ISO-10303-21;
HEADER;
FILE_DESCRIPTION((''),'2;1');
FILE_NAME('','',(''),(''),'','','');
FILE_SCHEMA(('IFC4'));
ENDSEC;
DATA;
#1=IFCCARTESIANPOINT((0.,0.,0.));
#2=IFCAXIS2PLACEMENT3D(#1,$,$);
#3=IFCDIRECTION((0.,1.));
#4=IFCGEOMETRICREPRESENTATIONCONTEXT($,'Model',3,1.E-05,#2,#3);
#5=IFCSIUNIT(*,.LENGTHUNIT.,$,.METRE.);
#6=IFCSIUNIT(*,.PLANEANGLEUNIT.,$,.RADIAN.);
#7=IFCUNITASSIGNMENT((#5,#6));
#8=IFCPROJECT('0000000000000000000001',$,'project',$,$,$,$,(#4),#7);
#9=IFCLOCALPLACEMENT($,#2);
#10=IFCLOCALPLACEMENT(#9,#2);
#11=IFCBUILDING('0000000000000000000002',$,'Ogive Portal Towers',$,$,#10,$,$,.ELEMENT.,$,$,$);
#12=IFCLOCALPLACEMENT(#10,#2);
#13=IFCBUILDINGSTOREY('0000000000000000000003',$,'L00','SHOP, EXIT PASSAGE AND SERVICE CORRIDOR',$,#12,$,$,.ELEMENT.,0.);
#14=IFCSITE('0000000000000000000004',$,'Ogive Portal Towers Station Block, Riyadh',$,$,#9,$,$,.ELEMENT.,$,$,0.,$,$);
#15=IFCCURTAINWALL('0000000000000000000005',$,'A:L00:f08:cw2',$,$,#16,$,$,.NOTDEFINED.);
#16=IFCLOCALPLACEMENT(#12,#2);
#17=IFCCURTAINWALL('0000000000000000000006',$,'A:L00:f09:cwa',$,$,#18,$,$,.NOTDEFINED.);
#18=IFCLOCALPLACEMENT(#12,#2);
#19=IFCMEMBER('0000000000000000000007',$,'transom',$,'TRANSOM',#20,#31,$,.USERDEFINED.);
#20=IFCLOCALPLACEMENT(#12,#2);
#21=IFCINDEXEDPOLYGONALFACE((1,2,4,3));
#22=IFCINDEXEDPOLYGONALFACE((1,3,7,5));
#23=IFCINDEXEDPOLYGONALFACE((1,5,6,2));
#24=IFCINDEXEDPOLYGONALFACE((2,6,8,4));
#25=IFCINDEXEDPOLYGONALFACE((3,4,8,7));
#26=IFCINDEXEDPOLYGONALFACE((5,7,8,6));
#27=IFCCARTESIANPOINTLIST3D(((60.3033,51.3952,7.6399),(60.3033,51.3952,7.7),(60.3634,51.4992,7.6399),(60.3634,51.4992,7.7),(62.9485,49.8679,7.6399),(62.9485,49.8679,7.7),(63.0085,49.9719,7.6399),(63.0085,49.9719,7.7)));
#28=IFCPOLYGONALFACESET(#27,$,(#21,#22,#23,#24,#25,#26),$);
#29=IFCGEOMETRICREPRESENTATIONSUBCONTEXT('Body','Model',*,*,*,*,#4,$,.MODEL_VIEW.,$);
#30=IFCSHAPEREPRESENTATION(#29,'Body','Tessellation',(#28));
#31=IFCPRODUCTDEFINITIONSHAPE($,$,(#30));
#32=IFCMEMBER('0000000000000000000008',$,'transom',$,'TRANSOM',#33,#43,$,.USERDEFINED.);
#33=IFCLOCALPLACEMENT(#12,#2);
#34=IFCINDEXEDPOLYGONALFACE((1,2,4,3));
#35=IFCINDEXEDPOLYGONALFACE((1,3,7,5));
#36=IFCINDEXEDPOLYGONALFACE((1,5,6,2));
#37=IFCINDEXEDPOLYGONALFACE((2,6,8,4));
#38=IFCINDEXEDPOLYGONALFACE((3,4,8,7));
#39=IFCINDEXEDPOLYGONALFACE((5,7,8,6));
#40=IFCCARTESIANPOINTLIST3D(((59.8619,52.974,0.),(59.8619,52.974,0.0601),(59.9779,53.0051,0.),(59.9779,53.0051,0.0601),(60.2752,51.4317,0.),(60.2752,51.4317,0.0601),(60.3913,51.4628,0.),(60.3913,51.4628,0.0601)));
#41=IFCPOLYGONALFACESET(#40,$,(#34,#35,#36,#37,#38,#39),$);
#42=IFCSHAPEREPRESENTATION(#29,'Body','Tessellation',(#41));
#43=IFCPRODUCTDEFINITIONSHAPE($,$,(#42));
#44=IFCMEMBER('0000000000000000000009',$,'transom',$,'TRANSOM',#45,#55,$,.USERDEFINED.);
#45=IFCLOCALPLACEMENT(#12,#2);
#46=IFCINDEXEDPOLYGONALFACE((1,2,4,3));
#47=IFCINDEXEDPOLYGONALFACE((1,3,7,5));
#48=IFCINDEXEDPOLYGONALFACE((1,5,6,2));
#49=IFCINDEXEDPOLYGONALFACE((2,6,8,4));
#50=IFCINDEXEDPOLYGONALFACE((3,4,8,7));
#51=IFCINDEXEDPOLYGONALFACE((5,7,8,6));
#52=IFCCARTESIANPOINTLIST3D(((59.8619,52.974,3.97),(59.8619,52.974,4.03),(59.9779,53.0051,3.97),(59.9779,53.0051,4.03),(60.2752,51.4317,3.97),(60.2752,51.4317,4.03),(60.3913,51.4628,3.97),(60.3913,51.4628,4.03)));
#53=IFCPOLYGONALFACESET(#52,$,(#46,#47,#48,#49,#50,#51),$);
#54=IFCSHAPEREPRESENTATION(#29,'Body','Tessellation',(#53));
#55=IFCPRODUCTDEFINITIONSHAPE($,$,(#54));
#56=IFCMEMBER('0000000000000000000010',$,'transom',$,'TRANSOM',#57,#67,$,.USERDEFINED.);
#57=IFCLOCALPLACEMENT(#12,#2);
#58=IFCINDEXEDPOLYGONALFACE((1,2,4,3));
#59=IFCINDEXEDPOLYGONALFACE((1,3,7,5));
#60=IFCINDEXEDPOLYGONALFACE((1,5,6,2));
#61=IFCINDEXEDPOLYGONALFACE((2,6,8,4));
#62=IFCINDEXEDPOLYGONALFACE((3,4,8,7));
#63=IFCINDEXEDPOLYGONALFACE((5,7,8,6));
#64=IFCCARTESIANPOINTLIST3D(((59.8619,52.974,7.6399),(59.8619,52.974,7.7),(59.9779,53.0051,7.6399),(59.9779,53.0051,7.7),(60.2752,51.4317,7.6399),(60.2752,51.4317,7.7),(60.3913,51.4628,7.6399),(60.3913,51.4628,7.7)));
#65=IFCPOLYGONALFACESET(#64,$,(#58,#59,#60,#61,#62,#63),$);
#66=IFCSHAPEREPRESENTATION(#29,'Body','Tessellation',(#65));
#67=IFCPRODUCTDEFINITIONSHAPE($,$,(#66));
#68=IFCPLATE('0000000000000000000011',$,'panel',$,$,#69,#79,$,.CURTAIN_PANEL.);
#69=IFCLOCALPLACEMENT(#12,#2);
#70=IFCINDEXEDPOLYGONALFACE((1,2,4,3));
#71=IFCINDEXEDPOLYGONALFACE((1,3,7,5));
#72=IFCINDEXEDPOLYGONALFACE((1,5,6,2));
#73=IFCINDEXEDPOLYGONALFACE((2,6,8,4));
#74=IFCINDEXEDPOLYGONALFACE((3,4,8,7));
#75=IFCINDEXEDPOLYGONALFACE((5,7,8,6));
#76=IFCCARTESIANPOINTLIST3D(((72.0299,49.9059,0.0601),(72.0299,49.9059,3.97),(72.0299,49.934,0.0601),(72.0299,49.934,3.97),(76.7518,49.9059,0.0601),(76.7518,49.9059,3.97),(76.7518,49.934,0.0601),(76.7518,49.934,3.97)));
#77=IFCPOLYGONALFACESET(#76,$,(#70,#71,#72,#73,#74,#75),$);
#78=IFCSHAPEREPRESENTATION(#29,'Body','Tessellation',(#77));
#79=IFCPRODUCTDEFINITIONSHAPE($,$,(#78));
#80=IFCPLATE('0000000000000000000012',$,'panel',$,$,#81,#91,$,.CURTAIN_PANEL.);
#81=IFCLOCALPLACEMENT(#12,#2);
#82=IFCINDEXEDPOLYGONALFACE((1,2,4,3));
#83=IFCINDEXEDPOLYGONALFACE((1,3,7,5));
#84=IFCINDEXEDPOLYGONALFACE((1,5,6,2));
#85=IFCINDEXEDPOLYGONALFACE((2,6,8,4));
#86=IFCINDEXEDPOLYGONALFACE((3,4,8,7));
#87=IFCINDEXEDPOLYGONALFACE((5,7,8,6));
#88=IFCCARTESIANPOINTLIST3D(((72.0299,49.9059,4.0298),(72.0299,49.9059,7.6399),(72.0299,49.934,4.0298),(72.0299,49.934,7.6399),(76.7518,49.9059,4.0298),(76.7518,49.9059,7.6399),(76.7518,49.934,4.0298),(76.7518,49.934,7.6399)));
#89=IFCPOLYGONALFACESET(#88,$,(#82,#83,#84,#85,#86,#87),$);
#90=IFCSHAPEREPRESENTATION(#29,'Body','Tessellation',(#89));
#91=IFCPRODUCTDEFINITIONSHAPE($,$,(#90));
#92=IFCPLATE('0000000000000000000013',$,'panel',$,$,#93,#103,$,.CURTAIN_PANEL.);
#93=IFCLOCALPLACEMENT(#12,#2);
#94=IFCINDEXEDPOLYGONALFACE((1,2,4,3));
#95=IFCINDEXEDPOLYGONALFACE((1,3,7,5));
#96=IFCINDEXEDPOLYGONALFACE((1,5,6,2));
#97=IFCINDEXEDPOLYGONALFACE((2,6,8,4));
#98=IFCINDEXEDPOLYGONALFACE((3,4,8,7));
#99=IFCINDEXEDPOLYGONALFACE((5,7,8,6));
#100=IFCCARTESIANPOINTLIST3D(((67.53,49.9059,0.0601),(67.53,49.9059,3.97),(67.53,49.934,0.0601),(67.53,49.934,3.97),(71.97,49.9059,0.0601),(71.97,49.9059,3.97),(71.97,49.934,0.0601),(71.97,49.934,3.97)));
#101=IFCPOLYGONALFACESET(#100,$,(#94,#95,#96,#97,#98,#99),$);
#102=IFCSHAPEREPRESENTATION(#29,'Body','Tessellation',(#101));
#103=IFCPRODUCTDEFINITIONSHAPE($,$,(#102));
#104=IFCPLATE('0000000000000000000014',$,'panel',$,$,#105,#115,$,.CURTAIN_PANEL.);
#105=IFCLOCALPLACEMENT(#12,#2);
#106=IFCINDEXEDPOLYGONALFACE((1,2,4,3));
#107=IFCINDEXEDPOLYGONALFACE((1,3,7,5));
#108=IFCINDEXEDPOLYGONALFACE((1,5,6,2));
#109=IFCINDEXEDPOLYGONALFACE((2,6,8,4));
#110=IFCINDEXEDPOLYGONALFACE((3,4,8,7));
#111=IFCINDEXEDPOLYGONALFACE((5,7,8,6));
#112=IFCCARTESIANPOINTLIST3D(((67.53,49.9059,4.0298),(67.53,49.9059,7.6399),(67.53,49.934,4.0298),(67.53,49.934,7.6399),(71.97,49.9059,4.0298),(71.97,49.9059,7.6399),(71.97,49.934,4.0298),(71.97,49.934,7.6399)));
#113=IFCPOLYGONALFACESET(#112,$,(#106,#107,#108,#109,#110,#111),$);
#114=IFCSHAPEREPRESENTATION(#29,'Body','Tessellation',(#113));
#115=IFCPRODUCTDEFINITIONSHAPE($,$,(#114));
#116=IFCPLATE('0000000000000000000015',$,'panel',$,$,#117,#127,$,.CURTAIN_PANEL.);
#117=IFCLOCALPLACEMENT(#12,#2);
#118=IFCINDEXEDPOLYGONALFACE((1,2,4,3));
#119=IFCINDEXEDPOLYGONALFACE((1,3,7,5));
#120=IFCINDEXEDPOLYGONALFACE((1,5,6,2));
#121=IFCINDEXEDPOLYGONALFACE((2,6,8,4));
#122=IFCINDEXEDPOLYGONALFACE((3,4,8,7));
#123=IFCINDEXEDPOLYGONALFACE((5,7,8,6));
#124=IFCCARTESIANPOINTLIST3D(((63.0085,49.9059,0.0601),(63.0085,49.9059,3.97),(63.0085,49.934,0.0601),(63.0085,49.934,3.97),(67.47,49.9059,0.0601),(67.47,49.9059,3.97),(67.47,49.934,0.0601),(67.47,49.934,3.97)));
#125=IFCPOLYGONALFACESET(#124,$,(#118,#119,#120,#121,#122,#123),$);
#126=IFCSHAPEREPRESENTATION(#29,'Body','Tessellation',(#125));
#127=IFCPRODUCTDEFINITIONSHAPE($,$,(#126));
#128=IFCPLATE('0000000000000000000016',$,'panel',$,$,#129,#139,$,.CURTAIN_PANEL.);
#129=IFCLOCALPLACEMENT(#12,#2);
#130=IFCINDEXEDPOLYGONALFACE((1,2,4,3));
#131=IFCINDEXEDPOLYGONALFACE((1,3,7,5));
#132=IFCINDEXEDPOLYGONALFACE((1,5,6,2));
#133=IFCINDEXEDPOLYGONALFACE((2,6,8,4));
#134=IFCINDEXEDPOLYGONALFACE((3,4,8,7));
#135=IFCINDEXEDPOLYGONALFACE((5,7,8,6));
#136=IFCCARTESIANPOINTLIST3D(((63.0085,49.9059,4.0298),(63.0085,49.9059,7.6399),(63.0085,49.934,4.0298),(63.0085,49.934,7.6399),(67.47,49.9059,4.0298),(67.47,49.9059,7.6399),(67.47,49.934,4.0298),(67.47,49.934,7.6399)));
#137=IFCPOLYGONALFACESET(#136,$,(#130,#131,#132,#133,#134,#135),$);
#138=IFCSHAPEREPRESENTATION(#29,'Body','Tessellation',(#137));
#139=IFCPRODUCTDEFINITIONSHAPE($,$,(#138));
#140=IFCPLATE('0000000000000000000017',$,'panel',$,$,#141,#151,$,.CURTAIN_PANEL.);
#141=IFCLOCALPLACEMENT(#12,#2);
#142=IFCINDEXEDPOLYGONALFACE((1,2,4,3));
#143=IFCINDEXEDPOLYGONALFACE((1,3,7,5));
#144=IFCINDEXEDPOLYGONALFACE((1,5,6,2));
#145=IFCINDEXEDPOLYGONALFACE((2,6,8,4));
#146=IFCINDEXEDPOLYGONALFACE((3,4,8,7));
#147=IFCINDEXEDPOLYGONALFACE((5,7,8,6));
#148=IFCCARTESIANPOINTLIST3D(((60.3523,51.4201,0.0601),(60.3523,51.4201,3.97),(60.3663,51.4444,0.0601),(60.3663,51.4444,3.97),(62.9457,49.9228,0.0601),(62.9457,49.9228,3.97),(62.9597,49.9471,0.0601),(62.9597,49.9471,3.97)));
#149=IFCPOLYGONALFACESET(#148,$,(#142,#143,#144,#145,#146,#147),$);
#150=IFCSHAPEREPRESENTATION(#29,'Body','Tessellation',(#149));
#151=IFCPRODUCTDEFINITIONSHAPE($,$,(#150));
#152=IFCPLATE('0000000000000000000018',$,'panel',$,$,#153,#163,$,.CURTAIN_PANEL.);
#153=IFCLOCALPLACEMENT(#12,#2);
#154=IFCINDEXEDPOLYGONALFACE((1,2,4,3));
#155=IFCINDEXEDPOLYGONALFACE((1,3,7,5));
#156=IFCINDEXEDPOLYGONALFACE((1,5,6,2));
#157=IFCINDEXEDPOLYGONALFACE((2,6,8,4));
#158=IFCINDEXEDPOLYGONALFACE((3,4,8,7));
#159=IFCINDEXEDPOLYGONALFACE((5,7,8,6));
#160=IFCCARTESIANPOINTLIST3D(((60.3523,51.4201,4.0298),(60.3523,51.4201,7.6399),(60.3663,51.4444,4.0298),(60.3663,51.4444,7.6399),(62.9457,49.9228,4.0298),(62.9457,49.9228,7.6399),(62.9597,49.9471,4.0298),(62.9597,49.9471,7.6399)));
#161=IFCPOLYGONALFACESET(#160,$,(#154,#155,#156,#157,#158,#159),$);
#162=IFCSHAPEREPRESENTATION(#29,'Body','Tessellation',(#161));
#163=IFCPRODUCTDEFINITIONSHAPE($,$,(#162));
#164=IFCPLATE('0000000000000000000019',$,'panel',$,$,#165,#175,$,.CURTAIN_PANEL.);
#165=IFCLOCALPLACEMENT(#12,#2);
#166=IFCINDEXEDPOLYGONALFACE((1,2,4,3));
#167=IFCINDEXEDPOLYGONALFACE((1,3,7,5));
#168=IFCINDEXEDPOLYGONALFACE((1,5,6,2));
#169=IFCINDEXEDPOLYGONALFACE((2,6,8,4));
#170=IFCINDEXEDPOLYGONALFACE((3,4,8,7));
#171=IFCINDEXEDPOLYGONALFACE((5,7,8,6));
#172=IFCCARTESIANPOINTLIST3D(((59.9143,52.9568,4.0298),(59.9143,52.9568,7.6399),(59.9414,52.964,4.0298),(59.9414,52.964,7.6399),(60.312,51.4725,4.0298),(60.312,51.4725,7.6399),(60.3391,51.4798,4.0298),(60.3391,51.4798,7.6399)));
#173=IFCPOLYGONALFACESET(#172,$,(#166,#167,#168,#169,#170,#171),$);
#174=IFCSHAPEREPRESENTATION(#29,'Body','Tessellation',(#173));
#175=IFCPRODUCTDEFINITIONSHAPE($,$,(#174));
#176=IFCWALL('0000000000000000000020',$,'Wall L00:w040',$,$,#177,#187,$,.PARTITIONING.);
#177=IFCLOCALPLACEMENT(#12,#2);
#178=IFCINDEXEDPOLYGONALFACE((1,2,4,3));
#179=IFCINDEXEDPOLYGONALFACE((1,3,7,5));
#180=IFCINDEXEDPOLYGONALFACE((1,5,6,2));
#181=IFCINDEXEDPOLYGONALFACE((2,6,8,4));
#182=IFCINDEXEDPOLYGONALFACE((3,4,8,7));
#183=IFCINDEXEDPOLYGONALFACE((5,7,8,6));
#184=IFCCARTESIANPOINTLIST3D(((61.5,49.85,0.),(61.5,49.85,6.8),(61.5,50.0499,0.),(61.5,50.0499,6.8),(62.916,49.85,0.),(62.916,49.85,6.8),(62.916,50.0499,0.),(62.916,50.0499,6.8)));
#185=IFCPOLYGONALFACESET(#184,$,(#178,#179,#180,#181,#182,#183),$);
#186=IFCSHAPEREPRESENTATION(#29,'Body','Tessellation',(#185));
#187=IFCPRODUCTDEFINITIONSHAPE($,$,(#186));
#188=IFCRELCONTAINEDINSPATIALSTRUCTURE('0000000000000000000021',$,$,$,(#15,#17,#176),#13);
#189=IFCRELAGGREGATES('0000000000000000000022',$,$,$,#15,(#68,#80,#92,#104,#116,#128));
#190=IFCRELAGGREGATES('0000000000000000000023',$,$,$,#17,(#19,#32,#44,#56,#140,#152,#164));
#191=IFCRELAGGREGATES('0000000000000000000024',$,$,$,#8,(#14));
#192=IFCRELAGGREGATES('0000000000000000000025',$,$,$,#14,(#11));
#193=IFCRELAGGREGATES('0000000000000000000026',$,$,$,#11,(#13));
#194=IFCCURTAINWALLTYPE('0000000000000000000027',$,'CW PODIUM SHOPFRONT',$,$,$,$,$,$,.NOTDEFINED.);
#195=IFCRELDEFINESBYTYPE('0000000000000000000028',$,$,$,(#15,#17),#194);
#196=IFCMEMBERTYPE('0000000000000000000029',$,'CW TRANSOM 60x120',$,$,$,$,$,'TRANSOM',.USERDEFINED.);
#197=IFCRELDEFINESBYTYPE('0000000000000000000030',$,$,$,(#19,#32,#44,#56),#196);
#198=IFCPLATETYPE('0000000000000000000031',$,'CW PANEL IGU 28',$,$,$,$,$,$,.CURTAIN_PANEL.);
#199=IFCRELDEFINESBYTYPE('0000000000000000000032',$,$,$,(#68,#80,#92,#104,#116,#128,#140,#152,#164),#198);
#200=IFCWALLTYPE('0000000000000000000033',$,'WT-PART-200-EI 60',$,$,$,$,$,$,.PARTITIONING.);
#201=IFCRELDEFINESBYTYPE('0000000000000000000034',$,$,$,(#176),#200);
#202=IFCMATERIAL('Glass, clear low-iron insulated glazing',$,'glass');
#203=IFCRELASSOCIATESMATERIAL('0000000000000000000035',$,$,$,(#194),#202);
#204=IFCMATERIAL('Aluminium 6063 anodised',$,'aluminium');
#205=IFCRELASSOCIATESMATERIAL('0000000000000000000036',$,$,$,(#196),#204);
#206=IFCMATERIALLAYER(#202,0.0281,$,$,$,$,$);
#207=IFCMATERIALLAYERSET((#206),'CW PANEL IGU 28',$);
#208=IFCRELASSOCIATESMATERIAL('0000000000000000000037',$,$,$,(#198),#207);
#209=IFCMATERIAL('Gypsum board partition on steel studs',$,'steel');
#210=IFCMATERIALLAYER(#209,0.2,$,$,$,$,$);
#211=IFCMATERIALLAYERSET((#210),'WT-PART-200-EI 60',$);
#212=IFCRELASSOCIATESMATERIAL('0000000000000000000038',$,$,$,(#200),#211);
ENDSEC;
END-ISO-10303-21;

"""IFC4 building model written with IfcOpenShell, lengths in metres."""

from ifc_helpers import new_model, si_unit, direction, frame, frame_2d, origin, origin_2d, place, context, subcontext, project, spatial, rectangle, extrude, material, layer, layer_set, material_profile, profile_set, type_object, element, aggregate, save


model = new_model("IFC4")

# Units and contexts
model_context = context("Model", 3, precision=1e-05, world=origin(), true_north=direction((0.0, 1.0)))
body_context = subcontext(model_context, "Body", "Model", "MODEL_VIEW")
ifc_project = project(units=[si_unit("LENGTHUNIT", "METRE"), si_unit("PLANEANGLEUNIT", "RADIAN")], contexts=[model_context])

# Site, building, storey
site_placement = place(None, origin())
site = spatial("IfcSite", under=ifc_project, at=site_placement, Name="Ogive Portal Towers Station Block, Riyadh", CompositionType="ELEMENT", RefElevation=0.0)
building_placement = place(site_placement, origin())
building = spatial("IfcBuilding", under=site, at=building_placement, Name="Ogive Portal Towers", CompositionType="ELEMENT")
storey_placement = place(building_placement, origin())
storey = spatial("IfcBuildingStorey", under=building, at=storey_placement, Name="L00", Description="SHOP, EXIT PASSAGE AND SERVICE CORRIDOR", CompositionType="ELEMENT", Elevation=0.0)

# Curtain wall
ifc_material_1 = material(Name="Glass, clear low-iron insulated glazing", Category="glass")
curtain_wall_type = type_object("IfcCurtainWallType", Name="CW PODIUM SHOPFRONT", PredefinedType="NOTDEFINED", material=ifc_material_1)
curtain_wall_1_placement = place(storey_placement, origin())
curtain_wall_1 = element("IfcCurtainWall", 1, at=curtain_wall_1_placement, inside=storey, type_object=curtain_wall_type, Name="A:L00:f08:cw2", PredefinedType="NOTDEFINED")
ifc_material_2 = material(Name="Aluminium 6063 anodised", Category="aluminium")

# Curtain wall
curtain_wall_2_placement = place(storey_placement, origin())
curtain_wall_2 = element("IfcCurtainWall", 2, at=curtain_wall_2_placement, inside=storey, type_object=curtain_wall_type, Name="A:L00:f09:cwa", PredefinedType="NOTDEFINED")

# Members
ifc_material_profile_1 = material_profile(ifc_material_2, rectangle(XDim=0.1201, YDim=0.0601, at=origin_2d()), Name="AL 120x60")
ifc_profile_set_1 = profile_set([ifc_material_profile_1], Name="Aluminium 6063 anodised")
member_type_1 = type_object("IfcMemberType", Name="CW TRANSOM 60x120", ElementType="TRANSOM", PredefinedType="USERDEFINED", material=ifc_profile_set_1)
member_1_placement = place(storey_placement, frame((62.9785, 49.9199, 7.6699), z_axis=(-0.866011, 0.500025, 0.0), x_axis=(-0.500025, -0.866011, 0.0)))
member_1 = element("IfcMember", 3, at=member_1_placement, type_object=member_type_1, Name="transom", ObjectType="TRANSOM", PredefinedType="USERDEFINED", context=body_context, shape_type="SweptSolid", body=[
    extrude(rectangle(XDim=0.1201, YDim=0.0601, at=origin_2d()), origin(), (0.0, 0.0, 1.0), 3.0544),
])
member_2_placement = place(storey_placement, frame((60.3333, 51.4473, 0.03), z_axis=(-0.258871, 0.965912, 0.0), x_axis=(-0.965912, -0.258871, 0.0)))
member_2 = element("IfcMember", 4, at=member_2_placement, type_object=member_type_1, Name="transom", ObjectType="TRANSOM", PredefinedType="USERDEFINED", context=body_context, shape_type="SweptSolid", body=[
    extrude(rectangle(XDim=0.1201, YDim=0.0601, at=origin_2d()), origin(), (0.0, 0.0, 1.0), 1.5967),
])
member_3_placement = place(storey_placement, frame((60.3333, 51.4473, 4.0), z_axis=(-0.258871, 0.965912, 0.0), x_axis=(-0.965912, -0.258871, 0.0)))
member_3 = element("IfcMember", 5, at=member_3_placement, type_object=member_type_1, Name="transom", ObjectType="TRANSOM", PredefinedType="USERDEFINED", context=body_context, shape_type="SweptSolid", body=[
    extrude(rectangle(XDim=0.1201, YDim=0.0601, at=origin_2d()), origin(), (0.0, 0.0, 1.0), 1.5967),
])
member_4_placement = place(storey_placement, frame((60.3333, 51.4473, 7.6699), z_axis=(-0.258871, 0.965912, 0.0), x_axis=(-0.965912, -0.258871, 0.0)))
member_4 = element("IfcMember", 6, at=member_4_placement, type_object=member_type_1, Name="transom", ObjectType="TRANSOM", PredefinedType="USERDEFINED", context=body_context, shape_type="SweptSolid", body=[
    extrude(rectangle(XDim=0.1201, YDim=0.0601, at=origin_2d()), origin(), (0.0, 0.0, 1.0), 1.5967),
])

# Plates
ifc_layer_1 = layer(ifc_material_1, 0.0281)
ifc_layer_set_1 = layer_set([ifc_layer_1], Name="CW PANEL IGU 28")
plate_type = type_object("IfcPlateType", Name="CW PANEL IGU 28", PredefinedType="CURTAIN_PANEL", material=ifc_layer_set_1)
plate_1_placement = place(storey_placement, frame((74.3909, 49.9199, 0.0601), z_axis=(0.0, 0.0, 1.0), x_axis=(-1.0, 0.0, 0.0)))
plate_1 = element("IfcPlate", 7, at=plate_1_placement, type_object=plate_type, Name="panel", PredefinedType="CURTAIN_PANEL", context=body_context, shape_type="SweptSolid", body=[
    extrude(rectangle(XDim=4.7219, YDim=0.0281, at=origin_2d()), origin(), (0.0, 0.0, 1.0), 3.9099),
])
plate_2_placement = place(storey_placement, frame((74.3909, 49.9199, 4.0298), z_axis=(0.0, 0.0, 1.0), x_axis=(-1.0, 0.0, 0.0)))
plate_2 = element("IfcPlate", 8, at=plate_2_placement, type_object=plate_type, Name="panel", PredefinedType="CURTAIN_PANEL", context=body_context, shape_type="SweptSolid", body=[
    extrude(rectangle(XDim=4.7219, YDim=0.0281, at=origin_2d()), origin(), (0.0, 0.0, 1.0), 3.6101),
])
plate_3_placement = place(storey_placement, frame((69.75, 49.9199, 0.0601), z_axis=(0.0, 0.0, 1.0), x_axis=(-1.0, 0.0, 0.0)))
plate_3 = element("IfcPlate", 9, at=plate_3_placement, type_object=plate_type, Name="panel", PredefinedType="CURTAIN_PANEL", context=body_context, shape_type="SweptSolid", body=[
    extrude(rectangle(XDim=4.4399, YDim=0.0281, at=origin_2d()), origin(), (0.0, 0.0, 1.0), 3.9099),
])
plate_4_placement = place(storey_placement, frame((69.75, 49.9199, 4.0298), z_axis=(0.0, 0.0, 1.0), x_axis=(-1.0, 0.0, 0.0)))
plate_4 = element("IfcPlate", 10, at=plate_4_placement, type_object=plate_type, Name="panel", PredefinedType="CURTAIN_PANEL", context=body_context, shape_type="SweptSolid", body=[
    extrude(rectangle(XDim=4.4399, YDim=0.0281, at=origin_2d()), origin(), (0.0, 0.0, 1.0), 3.6101),
])
plate_5_placement = place(storey_placement, frame((65.2393, 49.9199, 0.0601), z_axis=(0.0, 0.0, 1.0), x_axis=(-1.0, 0.0, 0.0)))
plate_5 = element("IfcPlate", 11, at=plate_5_placement, type_object=plate_type, Name="panel", PredefinedType="CURTAIN_PANEL", context=body_context, shape_type="SweptSolid", body=[
    extrude(rectangle(XDim=4.4614, YDim=0.0281, at=origin_2d()), origin(), (0.0, 0.0, 1.0), 3.9099),
])
plate_6_placement = place(storey_placement, frame((65.2393, 49.9199, 4.0298), z_axis=(0.0, 0.0, 1.0), x_axis=(-1.0, 0.0, 0.0)))
plate_6 = element("IfcPlate", 12, at=plate_6_placement, type_object=plate_type, Name="panel", PredefinedType="CURTAIN_PANEL", context=body_context, shape_type="SweptSolid", body=[
    extrude(rectangle(XDim=4.4614, YDim=0.0281, at=origin_2d()), origin(), (0.0, 0.0, 1.0), 3.6101),
])
aggregate(curtain_wall_1, [plate_1, plate_2, plate_3, plate_4, plate_5, plate_6])
plate_7_placement = place(storey_placement, frame((61.656, 50.6836, 0.0601), z_axis=(0.0, 0.0, 1.0), x_axis=(-0.866025, 0.5, 0.0)))
plate_7 = element("IfcPlate", 13, at=plate_7_placement, type_object=plate_type, Name="panel", PredefinedType="CURTAIN_PANEL", context=body_context, shape_type="SweptSolid", body=[
    extrude(rectangle(XDim=2.9946, YDim=0.0281, at=origin_2d()), origin(), (0.0, 0.0, 1.0), 3.9099),
])
plate_8_placement = place(storey_placement, frame((61.656, 50.6836, 4.0298), z_axis=(0.0, 0.0, 1.0), x_axis=(-0.866025, 0.5, 0.0)))
plate_8 = element("IfcPlate", 14, at=plate_8_placement, type_object=plate_type, Name="panel", PredefinedType="CURTAIN_PANEL", context=body_context, shape_type="SweptSolid", body=[
    extrude(rectangle(XDim=2.9946, YDim=0.0281, at=origin_2d()), origin(), (0.0, 0.0, 1.0), 3.6101),
])
plate_9_placement = place(storey_placement, frame((60.1267, 52.2183, 4.0298), z_axis=(0.0, 0.0, 1.0), x_axis=(-0.258819, 0.965926, 0.0)))
plate_9 = element("IfcPlate", 15, at=plate_9_placement, type_object=plate_type, Name="panel", PredefinedType="CURTAIN_PANEL", context=body_context, shape_type="SweptSolid", body=[
    extrude(rectangle(XDim=1.5366, YDim=0.0281, at=origin_2d()), origin(), (0.0, 0.0, 1.0), 3.6101),
])
aggregate(curtain_wall_2, [member_1, member_2, member_3, member_4, plate_7, plate_8, plate_9])

# Wall
ifc_material_3 = material(Name="Gypsum board partition on steel studs", Category="steel")
ifc_layer_2 = layer(ifc_material_3, 0.2)
ifc_layer_set_2 = layer_set([ifc_layer_2], Name="WT-PART-200-EI 60")
wall_type_1 = type_object("IfcWallType", Name="WT-PART-200-EI 60", PredefinedType="PARTITIONING", material=ifc_layer_set_2)
wall_1_placement = place(storey_placement, frame((61.5, 49.95, 0.0), z_axis=(0.0, 0.0, 1.0), x_axis=(1.0, 0.0, 0.0)))
element("IfcWall", 16, at=wall_1_placement, inside=storey, type_object=wall_type_1, Name="Wall L00:w040", PredefinedType="PARTITIONING", context=body_context, shape_type="SweptSolid", body=[
    extrude(rectangle(XDim=1.416, YDim=0.2, at=frame_2d((0.708, 0.0))), origin(), (0.0, 0.0, 1.0), 6.8),
])

save(model, "model.ifc")
